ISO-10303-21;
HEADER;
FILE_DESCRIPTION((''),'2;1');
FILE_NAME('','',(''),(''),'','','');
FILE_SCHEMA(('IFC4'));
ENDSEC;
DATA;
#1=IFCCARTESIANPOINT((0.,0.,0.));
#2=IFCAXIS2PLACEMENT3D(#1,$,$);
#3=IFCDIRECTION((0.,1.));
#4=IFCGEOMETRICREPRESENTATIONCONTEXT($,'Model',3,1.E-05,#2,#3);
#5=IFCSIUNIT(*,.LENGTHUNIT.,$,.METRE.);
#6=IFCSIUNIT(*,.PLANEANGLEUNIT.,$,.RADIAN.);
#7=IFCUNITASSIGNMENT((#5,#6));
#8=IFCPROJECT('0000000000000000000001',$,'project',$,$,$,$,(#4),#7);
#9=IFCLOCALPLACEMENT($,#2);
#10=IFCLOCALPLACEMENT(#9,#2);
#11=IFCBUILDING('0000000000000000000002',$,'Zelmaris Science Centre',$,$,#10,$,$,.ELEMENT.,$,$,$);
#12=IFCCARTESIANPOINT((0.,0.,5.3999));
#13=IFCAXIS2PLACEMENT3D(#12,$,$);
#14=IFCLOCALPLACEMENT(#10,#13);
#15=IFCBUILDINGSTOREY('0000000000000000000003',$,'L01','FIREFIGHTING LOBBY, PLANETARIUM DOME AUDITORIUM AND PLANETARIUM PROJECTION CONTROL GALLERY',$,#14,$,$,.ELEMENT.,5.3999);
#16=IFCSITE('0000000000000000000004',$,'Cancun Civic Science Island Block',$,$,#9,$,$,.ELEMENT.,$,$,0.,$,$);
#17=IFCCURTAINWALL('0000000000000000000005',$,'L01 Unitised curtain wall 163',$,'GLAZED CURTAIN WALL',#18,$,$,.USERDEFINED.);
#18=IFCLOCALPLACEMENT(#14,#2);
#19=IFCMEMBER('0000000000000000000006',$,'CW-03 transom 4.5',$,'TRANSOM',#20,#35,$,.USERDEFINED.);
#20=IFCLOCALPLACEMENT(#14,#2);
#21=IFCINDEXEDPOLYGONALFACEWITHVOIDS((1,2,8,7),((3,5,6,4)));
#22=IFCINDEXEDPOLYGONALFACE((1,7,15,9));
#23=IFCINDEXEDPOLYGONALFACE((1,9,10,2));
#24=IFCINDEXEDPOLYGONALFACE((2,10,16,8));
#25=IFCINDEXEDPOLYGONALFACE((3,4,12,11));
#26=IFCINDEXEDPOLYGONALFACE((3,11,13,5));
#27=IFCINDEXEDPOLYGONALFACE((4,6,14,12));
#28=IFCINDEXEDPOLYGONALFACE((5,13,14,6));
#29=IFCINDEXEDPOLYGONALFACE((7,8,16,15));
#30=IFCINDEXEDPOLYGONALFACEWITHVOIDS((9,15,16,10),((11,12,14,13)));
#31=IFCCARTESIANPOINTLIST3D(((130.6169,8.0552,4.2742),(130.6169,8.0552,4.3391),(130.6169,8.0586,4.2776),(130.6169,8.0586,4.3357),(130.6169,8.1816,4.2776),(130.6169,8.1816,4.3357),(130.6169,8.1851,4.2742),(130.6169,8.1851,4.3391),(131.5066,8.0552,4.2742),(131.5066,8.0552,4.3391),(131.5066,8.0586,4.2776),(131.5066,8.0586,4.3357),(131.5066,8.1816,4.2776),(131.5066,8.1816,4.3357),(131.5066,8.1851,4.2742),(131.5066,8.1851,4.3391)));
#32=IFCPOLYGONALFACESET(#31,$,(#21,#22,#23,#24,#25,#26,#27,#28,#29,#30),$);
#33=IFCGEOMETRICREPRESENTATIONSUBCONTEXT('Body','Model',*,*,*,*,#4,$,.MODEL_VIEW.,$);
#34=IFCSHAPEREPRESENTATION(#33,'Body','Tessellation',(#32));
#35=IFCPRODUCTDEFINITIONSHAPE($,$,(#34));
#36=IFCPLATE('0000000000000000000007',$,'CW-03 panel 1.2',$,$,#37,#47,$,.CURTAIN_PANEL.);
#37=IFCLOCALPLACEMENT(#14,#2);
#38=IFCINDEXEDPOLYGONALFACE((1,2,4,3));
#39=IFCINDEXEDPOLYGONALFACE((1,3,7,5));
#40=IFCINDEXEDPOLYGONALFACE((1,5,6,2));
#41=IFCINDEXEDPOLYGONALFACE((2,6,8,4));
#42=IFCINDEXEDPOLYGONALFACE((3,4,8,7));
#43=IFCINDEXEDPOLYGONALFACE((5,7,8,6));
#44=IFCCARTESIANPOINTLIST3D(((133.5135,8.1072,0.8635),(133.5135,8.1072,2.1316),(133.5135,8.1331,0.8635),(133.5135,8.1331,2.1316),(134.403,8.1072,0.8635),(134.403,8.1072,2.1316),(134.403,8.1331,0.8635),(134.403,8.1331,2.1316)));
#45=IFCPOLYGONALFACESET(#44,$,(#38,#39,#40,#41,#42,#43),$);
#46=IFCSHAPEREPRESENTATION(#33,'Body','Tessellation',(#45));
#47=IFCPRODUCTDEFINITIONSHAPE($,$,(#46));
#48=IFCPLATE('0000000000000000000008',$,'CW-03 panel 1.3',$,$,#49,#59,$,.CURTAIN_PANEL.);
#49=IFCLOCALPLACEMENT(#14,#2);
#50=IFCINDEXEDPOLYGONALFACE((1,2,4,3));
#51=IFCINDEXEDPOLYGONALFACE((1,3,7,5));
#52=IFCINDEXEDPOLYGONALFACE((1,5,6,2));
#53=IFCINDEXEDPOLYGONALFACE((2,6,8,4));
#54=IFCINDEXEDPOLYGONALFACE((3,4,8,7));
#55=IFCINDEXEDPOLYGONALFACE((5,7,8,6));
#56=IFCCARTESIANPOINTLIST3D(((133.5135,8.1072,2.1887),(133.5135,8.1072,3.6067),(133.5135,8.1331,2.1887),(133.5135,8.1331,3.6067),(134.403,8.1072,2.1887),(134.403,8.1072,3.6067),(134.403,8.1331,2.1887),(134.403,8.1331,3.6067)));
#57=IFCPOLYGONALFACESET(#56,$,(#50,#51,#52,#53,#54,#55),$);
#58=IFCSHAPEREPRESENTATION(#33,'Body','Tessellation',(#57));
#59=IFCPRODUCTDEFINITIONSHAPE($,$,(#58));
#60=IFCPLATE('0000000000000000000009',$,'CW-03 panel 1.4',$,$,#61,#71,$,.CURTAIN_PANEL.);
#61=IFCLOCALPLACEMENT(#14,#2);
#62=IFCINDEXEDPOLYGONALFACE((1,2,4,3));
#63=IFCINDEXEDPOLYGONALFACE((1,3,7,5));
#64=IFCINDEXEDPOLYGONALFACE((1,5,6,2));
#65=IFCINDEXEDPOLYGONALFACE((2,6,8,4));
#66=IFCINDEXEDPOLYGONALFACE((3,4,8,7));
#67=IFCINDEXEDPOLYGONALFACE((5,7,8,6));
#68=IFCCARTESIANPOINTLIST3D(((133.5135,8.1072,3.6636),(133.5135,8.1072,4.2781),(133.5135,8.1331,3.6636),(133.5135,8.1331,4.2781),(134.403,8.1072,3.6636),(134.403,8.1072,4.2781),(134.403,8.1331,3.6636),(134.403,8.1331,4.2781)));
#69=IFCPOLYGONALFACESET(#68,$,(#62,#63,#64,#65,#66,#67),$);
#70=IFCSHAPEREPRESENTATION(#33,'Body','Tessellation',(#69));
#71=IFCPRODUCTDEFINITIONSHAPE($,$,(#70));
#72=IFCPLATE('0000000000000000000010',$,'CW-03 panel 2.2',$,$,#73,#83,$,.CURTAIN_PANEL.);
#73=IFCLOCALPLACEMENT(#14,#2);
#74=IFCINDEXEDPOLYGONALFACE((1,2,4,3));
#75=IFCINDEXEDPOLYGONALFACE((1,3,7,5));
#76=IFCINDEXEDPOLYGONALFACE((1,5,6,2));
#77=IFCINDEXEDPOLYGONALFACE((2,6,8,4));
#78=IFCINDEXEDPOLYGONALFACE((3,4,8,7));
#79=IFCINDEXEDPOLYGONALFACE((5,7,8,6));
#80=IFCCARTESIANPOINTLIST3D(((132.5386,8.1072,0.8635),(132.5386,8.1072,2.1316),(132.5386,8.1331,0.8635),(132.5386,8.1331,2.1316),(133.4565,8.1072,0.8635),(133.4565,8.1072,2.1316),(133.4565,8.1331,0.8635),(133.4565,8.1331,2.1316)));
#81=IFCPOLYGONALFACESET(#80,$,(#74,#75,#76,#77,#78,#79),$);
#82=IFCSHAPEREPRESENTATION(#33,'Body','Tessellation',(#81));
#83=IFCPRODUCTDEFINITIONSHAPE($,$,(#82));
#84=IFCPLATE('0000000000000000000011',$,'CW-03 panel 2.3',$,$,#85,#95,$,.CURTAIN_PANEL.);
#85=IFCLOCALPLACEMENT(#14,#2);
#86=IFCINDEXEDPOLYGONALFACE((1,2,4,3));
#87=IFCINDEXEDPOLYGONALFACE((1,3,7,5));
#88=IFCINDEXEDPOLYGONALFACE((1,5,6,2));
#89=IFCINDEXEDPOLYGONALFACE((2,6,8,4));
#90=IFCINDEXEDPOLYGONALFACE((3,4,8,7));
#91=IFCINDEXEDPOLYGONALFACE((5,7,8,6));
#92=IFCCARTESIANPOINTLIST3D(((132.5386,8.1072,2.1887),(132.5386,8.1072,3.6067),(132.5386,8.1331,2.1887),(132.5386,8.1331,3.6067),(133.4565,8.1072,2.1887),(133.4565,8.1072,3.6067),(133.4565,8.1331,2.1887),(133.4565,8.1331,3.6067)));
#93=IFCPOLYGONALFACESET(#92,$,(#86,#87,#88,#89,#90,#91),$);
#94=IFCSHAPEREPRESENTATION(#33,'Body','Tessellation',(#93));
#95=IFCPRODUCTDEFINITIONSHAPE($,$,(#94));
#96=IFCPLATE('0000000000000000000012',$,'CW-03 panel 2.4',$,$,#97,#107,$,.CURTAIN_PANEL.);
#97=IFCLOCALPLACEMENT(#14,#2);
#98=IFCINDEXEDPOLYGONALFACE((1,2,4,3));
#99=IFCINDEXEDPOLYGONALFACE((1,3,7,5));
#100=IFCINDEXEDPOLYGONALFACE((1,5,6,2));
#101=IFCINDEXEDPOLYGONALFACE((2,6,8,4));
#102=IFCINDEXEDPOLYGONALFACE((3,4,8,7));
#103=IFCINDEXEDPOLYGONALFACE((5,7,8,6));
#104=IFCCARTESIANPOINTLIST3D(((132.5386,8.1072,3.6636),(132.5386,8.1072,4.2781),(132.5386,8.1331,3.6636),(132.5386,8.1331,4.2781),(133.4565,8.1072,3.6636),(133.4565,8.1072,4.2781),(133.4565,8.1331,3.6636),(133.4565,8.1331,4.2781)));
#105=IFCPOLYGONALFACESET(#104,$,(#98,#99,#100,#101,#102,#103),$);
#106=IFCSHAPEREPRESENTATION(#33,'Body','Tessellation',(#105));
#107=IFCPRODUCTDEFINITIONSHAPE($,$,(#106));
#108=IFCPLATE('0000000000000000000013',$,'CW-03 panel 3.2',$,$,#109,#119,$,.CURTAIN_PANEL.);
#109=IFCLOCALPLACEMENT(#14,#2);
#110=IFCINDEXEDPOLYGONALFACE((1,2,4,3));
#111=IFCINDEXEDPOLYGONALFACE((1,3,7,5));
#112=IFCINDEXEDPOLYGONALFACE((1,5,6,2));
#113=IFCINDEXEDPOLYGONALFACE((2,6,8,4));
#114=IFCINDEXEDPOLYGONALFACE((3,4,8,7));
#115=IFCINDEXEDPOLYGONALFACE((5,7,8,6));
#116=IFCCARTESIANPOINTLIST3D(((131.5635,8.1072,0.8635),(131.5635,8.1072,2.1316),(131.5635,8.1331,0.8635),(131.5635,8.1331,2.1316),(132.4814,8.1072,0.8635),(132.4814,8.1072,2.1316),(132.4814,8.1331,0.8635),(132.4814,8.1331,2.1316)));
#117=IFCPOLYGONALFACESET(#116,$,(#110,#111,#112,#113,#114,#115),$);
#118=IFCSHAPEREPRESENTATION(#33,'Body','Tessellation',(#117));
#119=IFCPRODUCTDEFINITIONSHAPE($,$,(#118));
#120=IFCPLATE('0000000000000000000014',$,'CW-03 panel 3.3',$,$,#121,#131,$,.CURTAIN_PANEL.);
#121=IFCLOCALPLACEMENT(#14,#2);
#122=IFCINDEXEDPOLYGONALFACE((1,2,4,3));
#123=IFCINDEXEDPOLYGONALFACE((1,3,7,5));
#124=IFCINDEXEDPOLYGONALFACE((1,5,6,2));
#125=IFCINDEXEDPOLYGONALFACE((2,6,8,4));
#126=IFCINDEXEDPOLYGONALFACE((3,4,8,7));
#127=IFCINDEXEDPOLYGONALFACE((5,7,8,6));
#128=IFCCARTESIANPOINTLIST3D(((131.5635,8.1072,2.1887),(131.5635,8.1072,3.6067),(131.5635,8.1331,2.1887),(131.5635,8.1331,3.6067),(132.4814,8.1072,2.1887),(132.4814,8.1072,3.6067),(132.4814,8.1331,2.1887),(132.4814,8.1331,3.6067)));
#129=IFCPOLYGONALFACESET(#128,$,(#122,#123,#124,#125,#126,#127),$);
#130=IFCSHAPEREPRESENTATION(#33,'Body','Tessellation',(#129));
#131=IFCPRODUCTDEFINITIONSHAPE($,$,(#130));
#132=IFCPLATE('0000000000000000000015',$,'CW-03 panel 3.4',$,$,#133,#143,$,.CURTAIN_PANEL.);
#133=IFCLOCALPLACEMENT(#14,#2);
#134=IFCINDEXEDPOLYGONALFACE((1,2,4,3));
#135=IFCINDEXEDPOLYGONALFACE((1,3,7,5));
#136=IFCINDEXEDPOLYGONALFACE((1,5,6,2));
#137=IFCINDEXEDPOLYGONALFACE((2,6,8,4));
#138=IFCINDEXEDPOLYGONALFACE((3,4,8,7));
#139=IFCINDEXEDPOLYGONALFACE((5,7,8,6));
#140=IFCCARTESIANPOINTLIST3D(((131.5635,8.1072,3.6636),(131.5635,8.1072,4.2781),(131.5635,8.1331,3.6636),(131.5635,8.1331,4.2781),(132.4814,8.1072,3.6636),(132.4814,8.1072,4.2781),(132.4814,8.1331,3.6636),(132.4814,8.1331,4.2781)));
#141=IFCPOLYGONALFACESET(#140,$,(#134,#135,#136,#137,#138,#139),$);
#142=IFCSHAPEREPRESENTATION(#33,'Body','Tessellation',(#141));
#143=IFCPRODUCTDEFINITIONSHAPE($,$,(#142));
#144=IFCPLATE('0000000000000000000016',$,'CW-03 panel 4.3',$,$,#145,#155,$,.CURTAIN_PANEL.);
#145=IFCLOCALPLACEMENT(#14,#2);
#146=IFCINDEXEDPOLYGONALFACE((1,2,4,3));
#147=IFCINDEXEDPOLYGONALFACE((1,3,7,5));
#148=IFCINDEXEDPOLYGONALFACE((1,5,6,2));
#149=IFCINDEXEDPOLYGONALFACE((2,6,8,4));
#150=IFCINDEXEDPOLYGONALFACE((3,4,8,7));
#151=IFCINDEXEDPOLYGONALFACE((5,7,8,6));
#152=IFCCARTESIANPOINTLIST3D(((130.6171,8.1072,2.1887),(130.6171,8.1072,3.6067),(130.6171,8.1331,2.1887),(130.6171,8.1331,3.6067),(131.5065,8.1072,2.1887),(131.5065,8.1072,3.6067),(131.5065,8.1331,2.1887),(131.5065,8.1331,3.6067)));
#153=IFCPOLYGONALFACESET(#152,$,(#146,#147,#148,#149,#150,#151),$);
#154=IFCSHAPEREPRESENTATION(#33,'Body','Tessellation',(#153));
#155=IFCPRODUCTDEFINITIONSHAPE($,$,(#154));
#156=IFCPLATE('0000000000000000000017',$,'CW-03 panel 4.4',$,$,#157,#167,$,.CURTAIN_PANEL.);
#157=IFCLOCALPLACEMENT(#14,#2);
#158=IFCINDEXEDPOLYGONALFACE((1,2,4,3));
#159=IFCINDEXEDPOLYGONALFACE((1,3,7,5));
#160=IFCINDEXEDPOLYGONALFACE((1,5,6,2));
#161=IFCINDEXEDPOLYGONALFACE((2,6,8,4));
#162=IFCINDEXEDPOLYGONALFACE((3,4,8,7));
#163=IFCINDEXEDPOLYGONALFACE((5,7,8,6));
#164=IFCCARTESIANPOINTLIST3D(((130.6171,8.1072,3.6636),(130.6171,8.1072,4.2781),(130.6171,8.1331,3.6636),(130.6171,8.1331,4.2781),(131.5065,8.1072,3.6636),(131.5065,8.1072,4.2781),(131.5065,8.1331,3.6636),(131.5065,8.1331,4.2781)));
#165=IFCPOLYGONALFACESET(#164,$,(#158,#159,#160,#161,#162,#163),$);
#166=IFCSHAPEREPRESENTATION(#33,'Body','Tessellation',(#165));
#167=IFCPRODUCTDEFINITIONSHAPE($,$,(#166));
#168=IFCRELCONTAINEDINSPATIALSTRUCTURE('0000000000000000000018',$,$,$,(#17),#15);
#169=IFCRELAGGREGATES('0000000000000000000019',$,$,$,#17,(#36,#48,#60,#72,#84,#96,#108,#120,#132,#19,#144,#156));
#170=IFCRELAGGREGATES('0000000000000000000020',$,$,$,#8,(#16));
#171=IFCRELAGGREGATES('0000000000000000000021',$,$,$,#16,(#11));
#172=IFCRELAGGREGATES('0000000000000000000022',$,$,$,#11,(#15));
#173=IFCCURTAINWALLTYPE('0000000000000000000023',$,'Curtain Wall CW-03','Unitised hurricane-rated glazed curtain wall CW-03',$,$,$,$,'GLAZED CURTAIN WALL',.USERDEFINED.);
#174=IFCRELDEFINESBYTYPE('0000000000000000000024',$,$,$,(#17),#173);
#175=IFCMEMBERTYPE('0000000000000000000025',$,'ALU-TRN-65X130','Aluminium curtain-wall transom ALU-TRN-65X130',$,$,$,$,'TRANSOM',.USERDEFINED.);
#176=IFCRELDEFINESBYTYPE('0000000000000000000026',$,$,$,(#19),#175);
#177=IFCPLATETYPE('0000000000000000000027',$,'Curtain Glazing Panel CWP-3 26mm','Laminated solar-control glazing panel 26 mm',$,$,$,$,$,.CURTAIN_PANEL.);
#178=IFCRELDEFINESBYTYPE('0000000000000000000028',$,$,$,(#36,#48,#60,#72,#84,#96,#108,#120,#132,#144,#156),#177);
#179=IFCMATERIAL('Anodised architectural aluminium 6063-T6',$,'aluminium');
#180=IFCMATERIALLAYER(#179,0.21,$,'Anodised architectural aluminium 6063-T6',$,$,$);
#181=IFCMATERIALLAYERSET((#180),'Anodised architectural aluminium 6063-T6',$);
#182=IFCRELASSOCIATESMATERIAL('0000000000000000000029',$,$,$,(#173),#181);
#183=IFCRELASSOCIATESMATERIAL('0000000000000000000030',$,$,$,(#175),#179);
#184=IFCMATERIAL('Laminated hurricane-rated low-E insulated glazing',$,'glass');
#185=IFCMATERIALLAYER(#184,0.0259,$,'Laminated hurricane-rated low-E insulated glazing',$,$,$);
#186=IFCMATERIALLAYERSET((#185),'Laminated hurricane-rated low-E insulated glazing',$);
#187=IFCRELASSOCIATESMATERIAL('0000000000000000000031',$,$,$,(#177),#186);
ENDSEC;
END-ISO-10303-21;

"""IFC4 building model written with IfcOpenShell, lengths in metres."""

from ifc_helpers import new_model, si_unit, direction, frame, origin, origin_2d, place, context, subcontext, project, spatial, rectangle, hollow_rectangle, extrude, material, layer, layer_set, material_profile, profile_set, type_object, element, aggregate, save


model = new_model("IFC4")

# Units and contexts
model_context = context("Model", 3, precision=1e-05, world=origin(), true_north=direction((0.0, 1.0)))
body_context = subcontext(model_context, "Body", "Model", "MODEL_VIEW")
ifc_project = project(units=[si_unit("LENGTHUNIT", "METRE"), si_unit("PLANEANGLEUNIT", "RADIAN")], contexts=[model_context])

# Site, building, storey
site_placement = place(None, origin())
site = spatial("IfcSite", under=ifc_project, at=site_placement, Name="Cancun Civic Science Island Block", CompositionType="ELEMENT", RefElevation=0.0)
building_placement = place(site_placement, origin())
building = spatial("IfcBuilding", under=site, at=building_placement, Name="Zelmaris Science Centre", CompositionType="ELEMENT")
storey_placement = place(building_placement, frame((0.0, 0.0, 5.3999)))
storey = spatial("IfcBuildingStorey", under=building, at=storey_placement, Name="L01", Description="FIREFIGHTING LOBBY, PLANETARIUM DOME AUDITORIUM AND PLANETARIUM PROJECTION CONTROL GALLERY", CompositionType="ELEMENT", Elevation=5.3999)

# Curtain wall, member, plates
ifc_material_1 = material(Name="Anodised architectural aluminium 6063-T6", Category="aluminium")
ifc_layer_1 = layer(ifc_material_1, 0.21, Name="Anodised architectural aluminium 6063-T6")
ifc_layer_set_1 = layer_set([ifc_layer_1], Name="Anodised architectural aluminium 6063-T6")
curtain_wall_type = type_object("IfcCurtainWallType", Name="Curtain Wall CW-03", Description="Unitised hurricane-rated glazed curtain wall CW-03", ElementType="GLAZED CURTAIN WALL", PredefinedType="USERDEFINED", material=ifc_layer_set_1)
curtain_wall_placement = place(storey_placement, origin())
curtain_wall = element("IfcCurtainWall", 1, at=curtain_wall_placement, inside=storey, type_object=curtain_wall_type, Name="L01 Unitised curtain wall 163", ObjectType="GLAZED CURTAIN WALL", PredefinedType="USERDEFINED")
ifc_material_profile = material_profile(ifc_material_1, hollow_rectangle(XDim=0.0649, YDim=0.1299, WallThickness=0.0034, at=origin_2d()), Name="ALU-TRN-65X130")
ifc_profile_set = profile_set([ifc_material_profile], Name="Anodised architectural aluminium 6063-T6")
member_type = type_object("IfcMemberType", Name="ALU-TRN-65X130", Description="Aluminium curtain-wall transom ALU-TRN-65X130", ElementType="TRANSOM", PredefinedType="USERDEFINED", material=ifc_profile_set)
member_1_placement = place(storey_placement, frame((131.5066, 8.1201, 4.3066), z_axis=(-1.0, 0.0, 0.0), x_axis=(0.0, 0.0, 1.0)))
member_1 = element("IfcMember", 2, at=member_1_placement, type_object=member_type, Name="CW-03 transom 4.5", ObjectType="TRANSOM", PredefinedType="USERDEFINED", context=body_context, shape_type="SweptSolid", body=[
    extrude(hollow_rectangle(XDim=0.0649, YDim=0.1299, WallThickness=0.0034, at=origin_2d()), origin(), (0.0, 0.0, 1.0), 0.8896),
])
ifc_material_2 = material(Name="Laminated hurricane-rated low-E insulated glazing", Category="glass")
ifc_layer_2 = layer(ifc_material_2, 0.0259, Name="Laminated hurricane-rated low-E insulated glazing")
ifc_layer_set_2 = layer_set([ifc_layer_2], Name="Laminated hurricane-rated low-E insulated glazing")
plate_type = type_object("IfcPlateType", Name="Curtain Glazing Panel CWP-3 26mm", Description="Laminated solar-control glazing panel 26 mm", PredefinedType="CURTAIN_PANEL", material=ifc_layer_set_2)
plate_1_placement = place(storey_placement, frame((133.9583, 8.1201, 0.8635), z_axis=(0.0, 0.0, 1.0), x_axis=(-1.0, 0.0, 0.0)))
plate_1 = element("IfcPlate", 3, at=plate_1_placement, type_object=plate_type, Name="CW-03 panel 1.2", PredefinedType="CURTAIN_PANEL", context=body_context, shape_type="SweptSolid", body=[
    extrude(rectangle(XDim=0.8894, YDim=0.0259, at=origin_2d()), origin(), (0.0, 0.0, 1.0), 1.2681),
])
plate_2_placement = place(storey_placement, frame((133.9583, 8.1201, 2.1887), z_axis=(0.0, 0.0, 1.0), x_axis=(-1.0, 0.0, 0.0)))
plate_2 = element("IfcPlate", 4, at=plate_2_placement, type_object=plate_type, Name="CW-03 panel 1.3", PredefinedType="CURTAIN_PANEL", context=body_context, shape_type="SweptSolid", body=[
    extrude(rectangle(XDim=0.8894, YDim=0.0259, at=origin_2d()), origin(), (0.0, 0.0, 1.0), 1.418),
])
plate_3_placement = place(storey_placement, frame((133.9583, 8.1201, 3.6636), z_axis=(0.0, 0.0, 1.0), x_axis=(-1.0, 0.0, 0.0)))
plate_3 = element("IfcPlate", 5, at=plate_3_placement, type_object=plate_type, Name="CW-03 panel 1.4", PredefinedType="CURTAIN_PANEL", context=body_context, shape_type="SweptSolid", body=[
    extrude(rectangle(XDim=0.8894, YDim=0.0259, at=origin_2d()), origin(), (0.0, 0.0, 1.0), 0.6145),
])
plate_4_placement = place(storey_placement, frame((132.9976, 8.1201, 0.8635), z_axis=(0.0, 0.0, 1.0), x_axis=(-1.0, 0.0, 0.0)))
plate_4 = element("IfcPlate", 6, at=plate_4_placement, type_object=plate_type, Name="CW-03 panel 2.2", PredefinedType="CURTAIN_PANEL", context=body_context, shape_type="SweptSolid", body=[
    extrude(rectangle(XDim=0.918, YDim=0.0259, at=origin_2d()), origin(), (0.0, 0.0, 1.0), 1.2681),
])
plate_5_placement = place(storey_placement, frame((132.9976, 8.1201, 2.1887), z_axis=(0.0, 0.0, 1.0), x_axis=(-1.0, 0.0, 0.0)))
plate_5 = element("IfcPlate", 7, at=plate_5_placement, type_object=plate_type, Name="CW-03 panel 2.3", PredefinedType="CURTAIN_PANEL", context=body_context, shape_type="SweptSolid", body=[
    extrude(rectangle(XDim=0.918, YDim=0.0259, at=origin_2d()), origin(), (0.0, 0.0, 1.0), 1.418),
])
plate_6_placement = place(storey_placement, frame((132.9976, 8.1201, 3.6636), z_axis=(0.0, 0.0, 1.0), x_axis=(-1.0, 0.0, 0.0)))
plate_6 = element("IfcPlate", 8, at=plate_6_placement, type_object=plate_type, Name="CW-03 panel 2.4", PredefinedType="CURTAIN_PANEL", context=body_context, shape_type="SweptSolid", body=[
    extrude(rectangle(XDim=0.918, YDim=0.0259, at=origin_2d()), origin(), (0.0, 0.0, 1.0), 0.6145),
])
plate_7_placement = place(storey_placement, frame((132.0225, 8.1201, 0.8635), z_axis=(0.0, 0.0, 1.0), x_axis=(-1.0, 0.0, 0.0)))
plate_7 = element("IfcPlate", 9, at=plate_7_placement, type_object=plate_type, Name="CW-03 panel 3.2", PredefinedType="CURTAIN_PANEL", context=body_context, shape_type="SweptSolid", body=[
    extrude(rectangle(XDim=0.918, YDim=0.0259, at=origin_2d()), origin(), (0.0, 0.0, 1.0), 1.2681),
])
plate_8_placement = place(storey_placement, frame((132.0225, 8.1201, 2.1887), z_axis=(0.0, 0.0, 1.0), x_axis=(-1.0, 0.0, 0.0)))
plate_8 = element("IfcPlate", 10, at=plate_8_placement, type_object=plate_type, Name="CW-03 panel 3.3", PredefinedType="CURTAIN_PANEL", context=body_context, shape_type="SweptSolid", body=[
    extrude(rectangle(XDim=0.918, YDim=0.0259, at=origin_2d()), origin(), (0.0, 0.0, 1.0), 1.418),
])
plate_9_placement = place(storey_placement, frame((132.0225, 8.1201, 3.6636), z_axis=(0.0, 0.0, 1.0), x_axis=(-1.0, 0.0, 0.0)))
plate_9 = element("IfcPlate", 11, at=plate_9_placement, type_object=plate_type, Name="CW-03 panel 3.4", PredefinedType="CURTAIN_PANEL", context=body_context, shape_type="SweptSolid", body=[
    extrude(rectangle(XDim=0.918, YDim=0.0259, at=origin_2d()), origin(), (0.0, 0.0, 1.0), 0.6145),
])
plate_10_placement = place(storey_placement, frame((131.0618, 8.1201, 2.1887), z_axis=(0.0, 0.0, 1.0), x_axis=(-1.0, 0.0, 0.0)))
plate_10 = element("IfcPlate", 12, at=plate_10_placement, type_object=plate_type, Name="CW-03 panel 4.3", PredefinedType="CURTAIN_PANEL", context=body_context, shape_type="SweptSolid", body=[
    extrude(rectangle(XDim=0.8894, YDim=0.0259, at=origin_2d()), origin(), (0.0, 0.0, 1.0), 1.418),
])
plate_11_placement = place(storey_placement, frame((131.0618, 8.1201, 3.6636), z_axis=(0.0, 0.0, 1.0), x_axis=(-1.0, 0.0, 0.0)))
plate_11 = element("IfcPlate", 13, at=plate_11_placement, type_object=plate_type, Name="CW-03 panel 4.4", PredefinedType="CURTAIN_PANEL", context=body_context, shape_type="SweptSolid", body=[
    extrude(rectangle(XDim=0.8894, YDim=0.0259, at=origin_2d()), origin(), (0.0, 0.0, 1.0), 0.6145),
])
aggregate(curtain_wall, [plate_1, plate_2, plate_3, plate_4, plate_5, plate_6, plate_7, plate_8, plate_9, member_1, plate_10, plate_11])

save(model, "model.ifc")
